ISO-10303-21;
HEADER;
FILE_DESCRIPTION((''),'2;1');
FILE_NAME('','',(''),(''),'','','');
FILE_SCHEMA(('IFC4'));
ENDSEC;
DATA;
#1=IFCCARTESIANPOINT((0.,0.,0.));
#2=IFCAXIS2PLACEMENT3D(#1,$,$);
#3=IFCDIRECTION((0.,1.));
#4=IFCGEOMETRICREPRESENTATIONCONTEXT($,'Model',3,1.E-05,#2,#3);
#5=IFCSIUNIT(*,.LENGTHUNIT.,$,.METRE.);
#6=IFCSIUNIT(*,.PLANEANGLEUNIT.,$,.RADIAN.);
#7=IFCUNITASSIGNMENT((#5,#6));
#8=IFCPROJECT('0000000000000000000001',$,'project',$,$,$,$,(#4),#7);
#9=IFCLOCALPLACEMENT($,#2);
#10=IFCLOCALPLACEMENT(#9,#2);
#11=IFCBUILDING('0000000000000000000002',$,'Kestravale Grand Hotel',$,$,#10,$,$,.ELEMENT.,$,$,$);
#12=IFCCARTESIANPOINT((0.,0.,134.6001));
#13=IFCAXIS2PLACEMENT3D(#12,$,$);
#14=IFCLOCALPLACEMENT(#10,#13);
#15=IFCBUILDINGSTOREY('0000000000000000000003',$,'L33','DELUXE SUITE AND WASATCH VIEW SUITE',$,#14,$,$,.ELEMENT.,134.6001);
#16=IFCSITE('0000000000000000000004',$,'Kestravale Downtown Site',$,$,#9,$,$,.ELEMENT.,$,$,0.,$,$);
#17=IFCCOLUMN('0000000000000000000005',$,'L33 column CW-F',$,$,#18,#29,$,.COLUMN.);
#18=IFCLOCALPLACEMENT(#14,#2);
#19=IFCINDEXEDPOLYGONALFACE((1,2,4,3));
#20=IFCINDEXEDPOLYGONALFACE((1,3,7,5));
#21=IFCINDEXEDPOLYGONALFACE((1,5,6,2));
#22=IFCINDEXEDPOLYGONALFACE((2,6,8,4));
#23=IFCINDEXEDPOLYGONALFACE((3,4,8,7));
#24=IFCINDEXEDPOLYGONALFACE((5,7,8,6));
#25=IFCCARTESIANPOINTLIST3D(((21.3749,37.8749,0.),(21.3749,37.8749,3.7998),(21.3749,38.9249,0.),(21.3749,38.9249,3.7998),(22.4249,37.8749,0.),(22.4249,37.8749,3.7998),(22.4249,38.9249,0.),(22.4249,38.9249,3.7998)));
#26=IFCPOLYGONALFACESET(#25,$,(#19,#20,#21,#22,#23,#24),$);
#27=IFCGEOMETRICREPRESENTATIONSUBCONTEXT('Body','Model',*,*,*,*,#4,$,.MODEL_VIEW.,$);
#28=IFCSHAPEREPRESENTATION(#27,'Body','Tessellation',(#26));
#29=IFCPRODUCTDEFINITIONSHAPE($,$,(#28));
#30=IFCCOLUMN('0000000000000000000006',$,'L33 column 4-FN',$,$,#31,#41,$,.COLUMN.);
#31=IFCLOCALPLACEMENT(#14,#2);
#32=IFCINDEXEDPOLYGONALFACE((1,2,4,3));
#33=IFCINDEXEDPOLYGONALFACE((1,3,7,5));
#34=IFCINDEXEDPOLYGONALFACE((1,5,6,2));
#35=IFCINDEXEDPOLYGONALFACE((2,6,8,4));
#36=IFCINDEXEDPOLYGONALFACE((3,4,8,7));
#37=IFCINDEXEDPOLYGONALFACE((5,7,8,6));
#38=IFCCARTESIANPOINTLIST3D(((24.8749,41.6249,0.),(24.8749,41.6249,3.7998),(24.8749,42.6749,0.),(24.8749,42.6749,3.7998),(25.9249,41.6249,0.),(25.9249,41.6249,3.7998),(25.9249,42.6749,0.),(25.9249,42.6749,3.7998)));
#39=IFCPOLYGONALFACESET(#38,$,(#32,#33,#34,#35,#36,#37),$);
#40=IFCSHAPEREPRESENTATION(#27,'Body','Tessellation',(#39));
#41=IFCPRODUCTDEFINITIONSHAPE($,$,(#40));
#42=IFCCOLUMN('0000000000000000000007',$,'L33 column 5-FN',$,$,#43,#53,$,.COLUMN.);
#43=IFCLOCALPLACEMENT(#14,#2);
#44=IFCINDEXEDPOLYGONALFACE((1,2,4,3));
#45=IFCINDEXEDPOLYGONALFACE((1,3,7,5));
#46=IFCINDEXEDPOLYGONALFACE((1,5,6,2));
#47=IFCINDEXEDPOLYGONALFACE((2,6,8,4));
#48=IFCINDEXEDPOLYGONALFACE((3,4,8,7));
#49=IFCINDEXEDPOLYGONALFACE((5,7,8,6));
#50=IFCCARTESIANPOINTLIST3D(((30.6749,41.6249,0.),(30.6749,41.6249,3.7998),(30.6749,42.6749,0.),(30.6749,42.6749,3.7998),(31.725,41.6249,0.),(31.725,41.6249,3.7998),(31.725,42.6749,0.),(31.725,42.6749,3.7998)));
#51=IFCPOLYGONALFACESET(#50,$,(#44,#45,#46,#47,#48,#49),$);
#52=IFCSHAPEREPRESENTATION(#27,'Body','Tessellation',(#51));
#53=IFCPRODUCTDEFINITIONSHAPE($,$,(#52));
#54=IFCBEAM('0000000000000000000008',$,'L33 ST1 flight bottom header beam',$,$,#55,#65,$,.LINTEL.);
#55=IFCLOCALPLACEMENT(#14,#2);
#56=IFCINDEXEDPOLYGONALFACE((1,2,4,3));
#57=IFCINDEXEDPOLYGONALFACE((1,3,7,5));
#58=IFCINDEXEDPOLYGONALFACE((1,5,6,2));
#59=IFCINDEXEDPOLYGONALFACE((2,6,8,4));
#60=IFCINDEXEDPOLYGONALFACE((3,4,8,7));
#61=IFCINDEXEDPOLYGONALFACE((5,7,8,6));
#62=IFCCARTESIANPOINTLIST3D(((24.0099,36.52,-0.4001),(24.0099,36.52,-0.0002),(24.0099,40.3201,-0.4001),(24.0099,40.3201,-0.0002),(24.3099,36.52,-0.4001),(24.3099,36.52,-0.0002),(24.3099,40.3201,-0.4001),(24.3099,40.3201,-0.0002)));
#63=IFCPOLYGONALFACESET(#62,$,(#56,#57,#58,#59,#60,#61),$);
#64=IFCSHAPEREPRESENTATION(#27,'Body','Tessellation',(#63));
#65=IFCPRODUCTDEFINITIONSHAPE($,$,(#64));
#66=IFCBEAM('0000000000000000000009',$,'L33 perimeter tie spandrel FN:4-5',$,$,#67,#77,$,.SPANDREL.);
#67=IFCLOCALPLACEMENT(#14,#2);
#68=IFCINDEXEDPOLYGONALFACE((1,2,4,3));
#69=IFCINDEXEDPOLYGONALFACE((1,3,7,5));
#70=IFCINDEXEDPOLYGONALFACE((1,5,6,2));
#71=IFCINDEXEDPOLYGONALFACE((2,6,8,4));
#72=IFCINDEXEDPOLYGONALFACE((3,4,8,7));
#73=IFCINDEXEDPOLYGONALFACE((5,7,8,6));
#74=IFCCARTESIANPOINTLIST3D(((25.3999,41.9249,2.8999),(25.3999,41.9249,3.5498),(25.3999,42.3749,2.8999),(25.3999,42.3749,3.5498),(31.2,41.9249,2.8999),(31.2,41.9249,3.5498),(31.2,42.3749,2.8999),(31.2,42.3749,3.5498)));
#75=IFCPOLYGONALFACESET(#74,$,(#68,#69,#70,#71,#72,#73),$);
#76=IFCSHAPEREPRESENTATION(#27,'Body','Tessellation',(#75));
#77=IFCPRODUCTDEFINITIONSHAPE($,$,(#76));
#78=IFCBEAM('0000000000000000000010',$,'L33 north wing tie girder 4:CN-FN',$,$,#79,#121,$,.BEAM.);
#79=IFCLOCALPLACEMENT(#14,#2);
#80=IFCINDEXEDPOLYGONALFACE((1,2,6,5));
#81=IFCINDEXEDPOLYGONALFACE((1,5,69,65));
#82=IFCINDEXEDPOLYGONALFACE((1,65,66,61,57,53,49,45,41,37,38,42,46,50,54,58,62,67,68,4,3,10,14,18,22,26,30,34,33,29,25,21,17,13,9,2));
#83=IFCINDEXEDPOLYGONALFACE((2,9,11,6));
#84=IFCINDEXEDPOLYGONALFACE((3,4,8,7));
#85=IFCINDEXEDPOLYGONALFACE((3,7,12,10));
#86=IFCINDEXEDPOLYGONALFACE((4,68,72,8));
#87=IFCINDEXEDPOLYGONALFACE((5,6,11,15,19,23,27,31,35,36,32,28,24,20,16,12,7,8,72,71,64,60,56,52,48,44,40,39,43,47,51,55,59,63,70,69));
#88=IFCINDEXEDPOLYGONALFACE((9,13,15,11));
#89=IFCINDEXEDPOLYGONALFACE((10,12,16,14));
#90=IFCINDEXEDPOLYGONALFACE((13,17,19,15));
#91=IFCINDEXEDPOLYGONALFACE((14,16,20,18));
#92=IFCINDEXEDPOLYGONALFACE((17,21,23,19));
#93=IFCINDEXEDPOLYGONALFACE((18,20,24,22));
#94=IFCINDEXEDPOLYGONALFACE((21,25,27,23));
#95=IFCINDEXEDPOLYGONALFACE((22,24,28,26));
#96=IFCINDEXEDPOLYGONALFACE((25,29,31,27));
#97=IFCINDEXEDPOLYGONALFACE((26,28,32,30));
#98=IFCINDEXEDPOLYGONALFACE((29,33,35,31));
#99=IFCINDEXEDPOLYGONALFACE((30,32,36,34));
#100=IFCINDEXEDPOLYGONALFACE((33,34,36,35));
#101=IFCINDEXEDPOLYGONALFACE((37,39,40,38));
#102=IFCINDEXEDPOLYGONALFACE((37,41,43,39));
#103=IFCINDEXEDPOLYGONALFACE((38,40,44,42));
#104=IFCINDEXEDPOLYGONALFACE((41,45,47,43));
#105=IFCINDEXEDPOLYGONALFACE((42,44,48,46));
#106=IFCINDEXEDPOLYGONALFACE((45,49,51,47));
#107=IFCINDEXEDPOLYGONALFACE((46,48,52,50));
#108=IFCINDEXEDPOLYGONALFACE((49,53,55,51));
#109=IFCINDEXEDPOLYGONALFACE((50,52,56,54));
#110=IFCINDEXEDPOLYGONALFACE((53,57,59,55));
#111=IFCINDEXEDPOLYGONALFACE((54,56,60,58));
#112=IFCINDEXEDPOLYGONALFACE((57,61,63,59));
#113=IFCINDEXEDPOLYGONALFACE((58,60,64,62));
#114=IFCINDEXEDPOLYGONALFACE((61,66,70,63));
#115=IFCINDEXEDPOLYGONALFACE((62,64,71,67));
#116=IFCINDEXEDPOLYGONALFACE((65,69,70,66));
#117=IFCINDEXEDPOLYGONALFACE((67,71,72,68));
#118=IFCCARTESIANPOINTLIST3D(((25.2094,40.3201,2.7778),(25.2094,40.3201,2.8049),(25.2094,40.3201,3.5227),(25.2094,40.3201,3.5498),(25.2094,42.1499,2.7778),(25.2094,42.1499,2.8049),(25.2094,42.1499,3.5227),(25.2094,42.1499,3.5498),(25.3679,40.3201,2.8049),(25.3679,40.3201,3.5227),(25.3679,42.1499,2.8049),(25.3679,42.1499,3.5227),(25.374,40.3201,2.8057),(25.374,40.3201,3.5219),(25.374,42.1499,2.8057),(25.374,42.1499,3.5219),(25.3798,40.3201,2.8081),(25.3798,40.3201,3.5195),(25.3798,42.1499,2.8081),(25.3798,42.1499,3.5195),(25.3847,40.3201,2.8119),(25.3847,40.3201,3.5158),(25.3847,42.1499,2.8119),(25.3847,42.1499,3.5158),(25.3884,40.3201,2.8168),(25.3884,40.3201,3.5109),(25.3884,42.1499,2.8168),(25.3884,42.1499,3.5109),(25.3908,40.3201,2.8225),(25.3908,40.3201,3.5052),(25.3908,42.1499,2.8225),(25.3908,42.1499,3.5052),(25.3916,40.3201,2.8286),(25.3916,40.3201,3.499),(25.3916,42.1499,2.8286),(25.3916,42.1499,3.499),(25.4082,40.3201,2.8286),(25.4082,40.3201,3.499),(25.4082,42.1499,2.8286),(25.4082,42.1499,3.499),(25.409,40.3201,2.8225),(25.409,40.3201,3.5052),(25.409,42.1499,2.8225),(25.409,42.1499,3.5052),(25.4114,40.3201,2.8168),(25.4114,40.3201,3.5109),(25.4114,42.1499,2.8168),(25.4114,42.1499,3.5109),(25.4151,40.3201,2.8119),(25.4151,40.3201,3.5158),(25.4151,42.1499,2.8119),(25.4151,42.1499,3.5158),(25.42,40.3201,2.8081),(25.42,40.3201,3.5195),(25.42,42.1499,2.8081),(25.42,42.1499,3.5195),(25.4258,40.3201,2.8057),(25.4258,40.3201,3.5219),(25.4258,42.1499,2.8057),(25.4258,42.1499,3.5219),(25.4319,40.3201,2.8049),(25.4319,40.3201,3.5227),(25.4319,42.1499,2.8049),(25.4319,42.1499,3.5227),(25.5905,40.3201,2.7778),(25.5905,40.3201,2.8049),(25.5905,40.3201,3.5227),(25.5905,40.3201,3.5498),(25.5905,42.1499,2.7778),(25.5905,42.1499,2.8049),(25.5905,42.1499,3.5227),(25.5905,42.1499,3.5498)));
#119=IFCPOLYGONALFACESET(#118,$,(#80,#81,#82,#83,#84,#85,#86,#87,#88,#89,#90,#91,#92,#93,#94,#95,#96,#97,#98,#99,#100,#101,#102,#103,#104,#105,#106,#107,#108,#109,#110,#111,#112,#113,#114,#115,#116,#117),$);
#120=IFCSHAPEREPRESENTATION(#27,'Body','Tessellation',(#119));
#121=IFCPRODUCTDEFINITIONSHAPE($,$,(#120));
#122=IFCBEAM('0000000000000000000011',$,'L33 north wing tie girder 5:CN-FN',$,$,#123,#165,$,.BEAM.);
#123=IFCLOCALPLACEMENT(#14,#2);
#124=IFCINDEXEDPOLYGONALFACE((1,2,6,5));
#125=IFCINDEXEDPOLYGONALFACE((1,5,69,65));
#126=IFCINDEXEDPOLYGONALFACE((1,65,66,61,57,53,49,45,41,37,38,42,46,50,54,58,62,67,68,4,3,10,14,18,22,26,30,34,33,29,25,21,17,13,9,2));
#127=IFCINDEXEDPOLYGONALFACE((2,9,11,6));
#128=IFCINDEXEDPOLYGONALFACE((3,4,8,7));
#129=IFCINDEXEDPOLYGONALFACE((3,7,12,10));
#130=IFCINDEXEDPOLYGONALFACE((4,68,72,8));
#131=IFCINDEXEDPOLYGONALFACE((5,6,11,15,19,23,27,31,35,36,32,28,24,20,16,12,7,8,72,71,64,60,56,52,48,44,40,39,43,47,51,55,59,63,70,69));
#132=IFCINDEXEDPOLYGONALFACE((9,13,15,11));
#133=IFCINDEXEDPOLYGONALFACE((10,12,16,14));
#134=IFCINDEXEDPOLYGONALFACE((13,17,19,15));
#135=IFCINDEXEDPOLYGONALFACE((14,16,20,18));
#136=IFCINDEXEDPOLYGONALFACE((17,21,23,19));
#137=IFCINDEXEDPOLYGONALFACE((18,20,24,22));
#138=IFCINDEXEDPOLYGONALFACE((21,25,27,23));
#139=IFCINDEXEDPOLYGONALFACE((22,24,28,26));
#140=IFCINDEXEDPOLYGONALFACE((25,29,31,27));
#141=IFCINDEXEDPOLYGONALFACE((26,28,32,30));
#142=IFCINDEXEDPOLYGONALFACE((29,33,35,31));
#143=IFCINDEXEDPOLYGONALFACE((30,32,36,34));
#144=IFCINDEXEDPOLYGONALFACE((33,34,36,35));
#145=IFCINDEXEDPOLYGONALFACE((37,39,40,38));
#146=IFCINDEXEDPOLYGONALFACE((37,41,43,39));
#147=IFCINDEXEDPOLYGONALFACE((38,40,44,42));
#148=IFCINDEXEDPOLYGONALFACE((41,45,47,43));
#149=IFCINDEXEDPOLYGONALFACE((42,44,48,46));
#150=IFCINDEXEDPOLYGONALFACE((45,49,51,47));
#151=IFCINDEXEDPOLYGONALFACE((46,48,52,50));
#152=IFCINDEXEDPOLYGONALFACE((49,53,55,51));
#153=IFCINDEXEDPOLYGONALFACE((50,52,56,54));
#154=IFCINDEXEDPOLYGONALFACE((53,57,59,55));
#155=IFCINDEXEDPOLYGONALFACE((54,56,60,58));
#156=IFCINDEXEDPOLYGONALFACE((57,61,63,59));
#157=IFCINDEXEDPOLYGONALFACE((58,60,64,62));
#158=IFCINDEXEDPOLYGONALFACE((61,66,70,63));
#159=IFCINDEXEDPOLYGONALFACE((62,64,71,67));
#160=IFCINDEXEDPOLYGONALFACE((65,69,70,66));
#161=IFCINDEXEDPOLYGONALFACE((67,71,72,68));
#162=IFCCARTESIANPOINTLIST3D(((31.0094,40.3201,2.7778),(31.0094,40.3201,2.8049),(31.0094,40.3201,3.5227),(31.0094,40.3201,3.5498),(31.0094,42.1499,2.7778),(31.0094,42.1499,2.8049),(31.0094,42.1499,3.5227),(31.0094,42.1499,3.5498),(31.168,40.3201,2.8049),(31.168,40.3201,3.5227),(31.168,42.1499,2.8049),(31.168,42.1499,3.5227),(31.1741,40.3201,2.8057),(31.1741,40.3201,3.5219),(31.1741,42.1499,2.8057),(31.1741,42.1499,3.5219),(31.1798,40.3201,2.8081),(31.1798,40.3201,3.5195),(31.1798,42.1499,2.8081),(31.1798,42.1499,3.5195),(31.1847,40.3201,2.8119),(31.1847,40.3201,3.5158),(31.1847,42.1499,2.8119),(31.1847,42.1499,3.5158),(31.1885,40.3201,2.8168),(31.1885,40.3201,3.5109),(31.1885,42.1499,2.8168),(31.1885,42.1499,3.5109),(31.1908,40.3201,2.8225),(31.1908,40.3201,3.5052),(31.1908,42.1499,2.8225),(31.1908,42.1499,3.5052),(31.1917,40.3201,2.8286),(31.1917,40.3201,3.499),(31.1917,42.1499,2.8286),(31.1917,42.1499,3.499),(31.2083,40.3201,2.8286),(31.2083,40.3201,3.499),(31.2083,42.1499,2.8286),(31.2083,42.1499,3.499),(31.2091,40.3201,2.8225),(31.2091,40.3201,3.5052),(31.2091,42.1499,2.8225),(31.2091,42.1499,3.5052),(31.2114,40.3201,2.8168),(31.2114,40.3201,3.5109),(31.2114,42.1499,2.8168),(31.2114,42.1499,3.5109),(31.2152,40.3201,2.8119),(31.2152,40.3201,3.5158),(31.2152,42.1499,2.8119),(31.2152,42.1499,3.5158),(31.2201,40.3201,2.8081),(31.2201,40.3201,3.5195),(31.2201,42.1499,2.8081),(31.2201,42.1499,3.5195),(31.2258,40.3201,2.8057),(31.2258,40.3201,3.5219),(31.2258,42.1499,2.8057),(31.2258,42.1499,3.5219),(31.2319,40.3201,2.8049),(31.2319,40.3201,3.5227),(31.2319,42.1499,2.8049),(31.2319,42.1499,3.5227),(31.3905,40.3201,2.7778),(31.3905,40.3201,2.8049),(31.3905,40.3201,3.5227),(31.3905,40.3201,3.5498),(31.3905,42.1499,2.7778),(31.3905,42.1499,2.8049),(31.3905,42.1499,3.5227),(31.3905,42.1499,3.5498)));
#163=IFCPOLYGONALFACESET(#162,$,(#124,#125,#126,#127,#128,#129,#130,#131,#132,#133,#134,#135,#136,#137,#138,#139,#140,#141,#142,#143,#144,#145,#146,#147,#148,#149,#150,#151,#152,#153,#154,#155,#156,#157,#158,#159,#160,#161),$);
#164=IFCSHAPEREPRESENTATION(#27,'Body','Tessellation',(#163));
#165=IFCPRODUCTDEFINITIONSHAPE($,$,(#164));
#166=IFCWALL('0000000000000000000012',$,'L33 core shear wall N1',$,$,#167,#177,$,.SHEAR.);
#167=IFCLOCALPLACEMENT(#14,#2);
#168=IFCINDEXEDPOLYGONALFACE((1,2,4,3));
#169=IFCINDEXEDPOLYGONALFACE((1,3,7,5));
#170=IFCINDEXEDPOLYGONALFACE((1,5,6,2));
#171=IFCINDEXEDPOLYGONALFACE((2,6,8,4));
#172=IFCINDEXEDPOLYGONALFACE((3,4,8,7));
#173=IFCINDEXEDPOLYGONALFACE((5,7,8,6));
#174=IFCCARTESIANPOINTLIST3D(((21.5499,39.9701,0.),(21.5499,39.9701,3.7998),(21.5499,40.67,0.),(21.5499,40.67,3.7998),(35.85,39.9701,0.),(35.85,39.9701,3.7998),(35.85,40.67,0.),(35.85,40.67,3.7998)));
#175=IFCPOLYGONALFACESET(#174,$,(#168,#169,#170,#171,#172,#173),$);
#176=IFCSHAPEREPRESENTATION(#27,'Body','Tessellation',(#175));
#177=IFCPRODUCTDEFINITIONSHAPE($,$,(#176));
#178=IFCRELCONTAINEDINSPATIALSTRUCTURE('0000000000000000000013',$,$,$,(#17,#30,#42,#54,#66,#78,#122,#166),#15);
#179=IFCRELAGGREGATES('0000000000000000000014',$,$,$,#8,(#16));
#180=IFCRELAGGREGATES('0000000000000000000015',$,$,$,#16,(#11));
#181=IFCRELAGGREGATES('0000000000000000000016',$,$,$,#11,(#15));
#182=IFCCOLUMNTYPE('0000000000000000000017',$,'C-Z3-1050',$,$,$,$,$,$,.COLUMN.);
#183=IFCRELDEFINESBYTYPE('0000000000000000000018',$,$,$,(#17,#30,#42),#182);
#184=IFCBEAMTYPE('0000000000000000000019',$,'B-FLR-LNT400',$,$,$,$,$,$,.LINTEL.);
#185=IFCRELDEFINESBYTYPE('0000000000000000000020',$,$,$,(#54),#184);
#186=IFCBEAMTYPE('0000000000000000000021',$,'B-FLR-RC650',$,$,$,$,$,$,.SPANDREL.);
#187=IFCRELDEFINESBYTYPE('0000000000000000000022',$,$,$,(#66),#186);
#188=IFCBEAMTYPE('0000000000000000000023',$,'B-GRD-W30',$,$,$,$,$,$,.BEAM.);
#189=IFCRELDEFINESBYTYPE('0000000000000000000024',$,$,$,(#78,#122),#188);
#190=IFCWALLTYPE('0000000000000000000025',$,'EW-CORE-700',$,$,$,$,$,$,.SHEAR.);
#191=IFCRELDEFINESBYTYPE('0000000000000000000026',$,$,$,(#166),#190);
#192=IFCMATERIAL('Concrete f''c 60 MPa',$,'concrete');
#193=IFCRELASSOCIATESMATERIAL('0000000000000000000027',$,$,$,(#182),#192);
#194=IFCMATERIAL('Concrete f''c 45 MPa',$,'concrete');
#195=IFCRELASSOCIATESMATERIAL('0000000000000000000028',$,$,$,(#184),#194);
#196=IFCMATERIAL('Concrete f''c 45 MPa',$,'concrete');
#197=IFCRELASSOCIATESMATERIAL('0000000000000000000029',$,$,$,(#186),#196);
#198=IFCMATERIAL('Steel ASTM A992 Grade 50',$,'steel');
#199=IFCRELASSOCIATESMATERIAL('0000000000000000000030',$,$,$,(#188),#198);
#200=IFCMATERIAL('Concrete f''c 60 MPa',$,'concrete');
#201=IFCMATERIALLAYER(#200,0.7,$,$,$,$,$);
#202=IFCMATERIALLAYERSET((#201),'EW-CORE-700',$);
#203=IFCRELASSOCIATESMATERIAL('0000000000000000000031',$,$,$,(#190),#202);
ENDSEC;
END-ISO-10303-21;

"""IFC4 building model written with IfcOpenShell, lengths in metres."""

from ifc_helpers import new_model, si_unit, direction, frame, frame_2d, origin, origin_2d, place, context, subcontext, project, spatial, rectangle, i_section, extrude, material, layer, layer_set, material_profile, profile_set, type_object, element, save


model = new_model("IFC4")

# Units and contexts
model_context = context("Model", 3, precision=1e-05, world=origin(), true_north=direction((0.0, 1.0)))
body_context = subcontext(model_context, "Body", "Model", "MODEL_VIEW")
ifc_project = project(units=[si_unit("LENGTHUNIT", "METRE"), si_unit("PLANEANGLEUNIT", "RADIAN")], contexts=[model_context])

# Site, building, storey
site_placement = place(None, origin())
site = spatial("IfcSite", under=ifc_project, at=site_placement, Name="Kestravale Downtown Site", CompositionType="ELEMENT", RefElevation=0.0)
building_placement = place(site_placement, origin())
building = spatial("IfcBuilding", under=site, at=building_placement, Name="Kestravale Grand Hotel", CompositionType="ELEMENT")
storey_placement = place(building_placement, frame((0.0, 0.0, 134.6001)))
storey = spatial("IfcBuildingStorey", under=building, at=storey_placement, Name="L33", Description="DELUXE SUITE AND WASATCH VIEW SUITE", CompositionType="ELEMENT", Elevation=134.6001)

# Columns
ifc_material_1 = material(Name="Concrete f'c 60 MPa", Category="concrete")
ifc_material_profile_1 = material_profile(ifc_material_1, rectangle(XDim=1.05, YDim=1.05, at=origin_2d()))
ifc_profile_set_1 = profile_set([ifc_material_profile_1], Name="Concrete f'c 60 MPa")
column_type = type_object("IfcColumnType", Name="C-Z3-1050", PredefinedType="COLUMN", material=ifc_profile_set_1)
for number, where, z_axis, x_axis, name in (
    (1, (21.8999, 38.3999, 0.0), (0.0, 0.0, 1.0), (1.0, 0.0, 0.0), "L33 column CW-F"),
    (2, (25.3999, 42.1499, 0.0), (0.0, 0.0, 1.0), (1.0, 0.0, 0.0), "L33 column 4-FN"),
    (3, (31.2, 42.1499, 0.0), (0.0, 0.0, 1.0), (1.0, 0.0, 0.0), "L33 column 5-FN"),
):
    element("IfcColumn", number, at=place(storey_placement, frame(where, z_axis=z_axis, x_axis=x_axis)), inside=storey, type_object=column_type, Name=name, PredefinedType="COLUMN", context=body_context, shape_type="SweptSolid", body=[
        extrude(rectangle(XDim=1.05, YDim=1.05, at=origin_2d()), origin(), (0.0, 0.0, 1.0), 3.7998),
    ])

# Beams
ifc_material_2 = material(Name="Concrete f'c 45 MPa", Category="concrete")
ifc_material_profile_2 = material_profile(ifc_material_2, rectangle(XDim=0.3, YDim=0.3999, at=origin_2d()))
ifc_profile_set_2 = profile_set([ifc_material_profile_2], Name="Concrete f'c 45 MPa")
beam_type_1 = type_object("IfcBeamType", Name="B-FLR-LNT400", PredefinedType="LINTEL", material=ifc_profile_set_2)
beam_1_placement = place(storey_placement, frame((24.1599, 36.52, -0.2002), z_axis=(0.0, 1.0, 0.0), x_axis=(-1.0, 0.0, 0.0)))
element("IfcBeam", 4, at=beam_1_placement, inside=storey, type_object=beam_type_1, Name="L33 ST1 flight bottom header beam", PredefinedType="LINTEL", context=body_context, shape_type="SweptSolid", body=[
    extrude(rectangle(XDim=0.3, YDim=0.3999, at=origin_2d()), origin(), (0.0, 0.0, 1.0), 3.8),
])
ifc_material_3 = material(Name="Concrete f'c 45 MPa", Category="concrete")
ifc_material_profile_3 = material_profile(ifc_material_3, rectangle(XDim=0.45, YDim=0.6499, at=origin_2d()))
ifc_profile_set_3 = profile_set([ifc_material_profile_3], Name="Concrete f'c 45 MPa")
beam_type_2 = type_object("IfcBeamType", Name="B-FLR-RC650", PredefinedType="SPANDREL", material=ifc_profile_set_3)
beam_2_placement = place(storey_placement, frame((25.3999, 42.1499, 3.2249), z_axis=(1.0, 0.0, 0.0), x_axis=(0.0, 1.0, 0.0)))
element("IfcBeam", 5, at=beam_2_placement, inside=storey, type_object=beam_type_2, Name="L33 perimeter tie spandrel FN:4-5", PredefinedType="SPANDREL", context=body_context, shape_type="SweptSolid", body=[
    extrude(rectangle(XDim=0.45, YDim=0.6499, at=origin_2d()), origin(), (0.0, 0.0, 1.0), 5.8),
])
ifc_material_4 = material(Name="Steel ASTM A992 Grade 50", Category="steel")
ifc_material_profile_4 = material_profile(ifc_material_4, i_section(OverallWidth=0.3811, OverallDepth=0.772, WebThickness=0.0166, FlangeThickness=0.0271, FilletRadius=0.0237, at=origin_2d()))
ifc_profile_set_4 = profile_set([ifc_material_profile_4], Name="Steel ASTM A992 Grade 50")
beam_type_3 = type_object("IfcBeamType", Name="B-GRD-W30", PredefinedType="BEAM", material=ifc_profile_set_4)
for number, where, z_axis, x_axis, name in (
    (6, (25.3999, 40.3201, 3.1638), (0.0, 1.0, 0.0), (-1.0, 0.0, 0.0), "L33 north wing tie girder 4:CN-FN"),
    (7, (31.2, 40.3201, 3.1638), (0.0, 1.0, 0.0), (-1.0, 0.0, 0.0), "L33 north wing tie girder 5:CN-FN"),
):
    element("IfcBeam", number, at=place(storey_placement, frame(where, z_axis=z_axis, x_axis=x_axis)), inside=storey, type_object=beam_type_3, Name=name, PredefinedType="BEAM", context=body_context, shape_type="SweptSolid", body=[
        extrude(i_section(OverallWidth=0.3811, OverallDepth=0.772, WebThickness=0.0166, FlangeThickness=0.0271, FilletRadius=0.0237, at=origin_2d()), origin(), (0.0, 0.0, 1.0), 1.8298),
    ])

# Wall
ifc_material_5 = material(Name="Concrete f'c 60 MPa", Category="concrete")
ifc_layer_1 = layer(ifc_material_5, 0.7)
ifc_layer_set_1 = layer_set([ifc_layer_1], Name="EW-CORE-700")
wall_type_1 = type_object("IfcWallType", Name="EW-CORE-700", PredefinedType="SHEAR", material=ifc_layer_set_1)
wall_1_placement = place(storey_placement, frame((21.55, 40.3201, 0.0), z_axis=(0.0, 0.0, 1.0), x_axis=(1.0, 0.0, 0.0)))
element("IfcWall", 8, at=wall_1_placement, inside=storey, type_object=wall_type_1, Name="L33 core shear wall N1", PredefinedType="SHEAR", context=body_context, shape_type="SweptSolid", body=[
    extrude(rectangle(XDim=14.3, YDim=0.7, at=frame_2d((7.1499, 0.0))), origin(), (0.0, 0.0, 1.0), 3.7998),
])

save(model, "model.ifc")
